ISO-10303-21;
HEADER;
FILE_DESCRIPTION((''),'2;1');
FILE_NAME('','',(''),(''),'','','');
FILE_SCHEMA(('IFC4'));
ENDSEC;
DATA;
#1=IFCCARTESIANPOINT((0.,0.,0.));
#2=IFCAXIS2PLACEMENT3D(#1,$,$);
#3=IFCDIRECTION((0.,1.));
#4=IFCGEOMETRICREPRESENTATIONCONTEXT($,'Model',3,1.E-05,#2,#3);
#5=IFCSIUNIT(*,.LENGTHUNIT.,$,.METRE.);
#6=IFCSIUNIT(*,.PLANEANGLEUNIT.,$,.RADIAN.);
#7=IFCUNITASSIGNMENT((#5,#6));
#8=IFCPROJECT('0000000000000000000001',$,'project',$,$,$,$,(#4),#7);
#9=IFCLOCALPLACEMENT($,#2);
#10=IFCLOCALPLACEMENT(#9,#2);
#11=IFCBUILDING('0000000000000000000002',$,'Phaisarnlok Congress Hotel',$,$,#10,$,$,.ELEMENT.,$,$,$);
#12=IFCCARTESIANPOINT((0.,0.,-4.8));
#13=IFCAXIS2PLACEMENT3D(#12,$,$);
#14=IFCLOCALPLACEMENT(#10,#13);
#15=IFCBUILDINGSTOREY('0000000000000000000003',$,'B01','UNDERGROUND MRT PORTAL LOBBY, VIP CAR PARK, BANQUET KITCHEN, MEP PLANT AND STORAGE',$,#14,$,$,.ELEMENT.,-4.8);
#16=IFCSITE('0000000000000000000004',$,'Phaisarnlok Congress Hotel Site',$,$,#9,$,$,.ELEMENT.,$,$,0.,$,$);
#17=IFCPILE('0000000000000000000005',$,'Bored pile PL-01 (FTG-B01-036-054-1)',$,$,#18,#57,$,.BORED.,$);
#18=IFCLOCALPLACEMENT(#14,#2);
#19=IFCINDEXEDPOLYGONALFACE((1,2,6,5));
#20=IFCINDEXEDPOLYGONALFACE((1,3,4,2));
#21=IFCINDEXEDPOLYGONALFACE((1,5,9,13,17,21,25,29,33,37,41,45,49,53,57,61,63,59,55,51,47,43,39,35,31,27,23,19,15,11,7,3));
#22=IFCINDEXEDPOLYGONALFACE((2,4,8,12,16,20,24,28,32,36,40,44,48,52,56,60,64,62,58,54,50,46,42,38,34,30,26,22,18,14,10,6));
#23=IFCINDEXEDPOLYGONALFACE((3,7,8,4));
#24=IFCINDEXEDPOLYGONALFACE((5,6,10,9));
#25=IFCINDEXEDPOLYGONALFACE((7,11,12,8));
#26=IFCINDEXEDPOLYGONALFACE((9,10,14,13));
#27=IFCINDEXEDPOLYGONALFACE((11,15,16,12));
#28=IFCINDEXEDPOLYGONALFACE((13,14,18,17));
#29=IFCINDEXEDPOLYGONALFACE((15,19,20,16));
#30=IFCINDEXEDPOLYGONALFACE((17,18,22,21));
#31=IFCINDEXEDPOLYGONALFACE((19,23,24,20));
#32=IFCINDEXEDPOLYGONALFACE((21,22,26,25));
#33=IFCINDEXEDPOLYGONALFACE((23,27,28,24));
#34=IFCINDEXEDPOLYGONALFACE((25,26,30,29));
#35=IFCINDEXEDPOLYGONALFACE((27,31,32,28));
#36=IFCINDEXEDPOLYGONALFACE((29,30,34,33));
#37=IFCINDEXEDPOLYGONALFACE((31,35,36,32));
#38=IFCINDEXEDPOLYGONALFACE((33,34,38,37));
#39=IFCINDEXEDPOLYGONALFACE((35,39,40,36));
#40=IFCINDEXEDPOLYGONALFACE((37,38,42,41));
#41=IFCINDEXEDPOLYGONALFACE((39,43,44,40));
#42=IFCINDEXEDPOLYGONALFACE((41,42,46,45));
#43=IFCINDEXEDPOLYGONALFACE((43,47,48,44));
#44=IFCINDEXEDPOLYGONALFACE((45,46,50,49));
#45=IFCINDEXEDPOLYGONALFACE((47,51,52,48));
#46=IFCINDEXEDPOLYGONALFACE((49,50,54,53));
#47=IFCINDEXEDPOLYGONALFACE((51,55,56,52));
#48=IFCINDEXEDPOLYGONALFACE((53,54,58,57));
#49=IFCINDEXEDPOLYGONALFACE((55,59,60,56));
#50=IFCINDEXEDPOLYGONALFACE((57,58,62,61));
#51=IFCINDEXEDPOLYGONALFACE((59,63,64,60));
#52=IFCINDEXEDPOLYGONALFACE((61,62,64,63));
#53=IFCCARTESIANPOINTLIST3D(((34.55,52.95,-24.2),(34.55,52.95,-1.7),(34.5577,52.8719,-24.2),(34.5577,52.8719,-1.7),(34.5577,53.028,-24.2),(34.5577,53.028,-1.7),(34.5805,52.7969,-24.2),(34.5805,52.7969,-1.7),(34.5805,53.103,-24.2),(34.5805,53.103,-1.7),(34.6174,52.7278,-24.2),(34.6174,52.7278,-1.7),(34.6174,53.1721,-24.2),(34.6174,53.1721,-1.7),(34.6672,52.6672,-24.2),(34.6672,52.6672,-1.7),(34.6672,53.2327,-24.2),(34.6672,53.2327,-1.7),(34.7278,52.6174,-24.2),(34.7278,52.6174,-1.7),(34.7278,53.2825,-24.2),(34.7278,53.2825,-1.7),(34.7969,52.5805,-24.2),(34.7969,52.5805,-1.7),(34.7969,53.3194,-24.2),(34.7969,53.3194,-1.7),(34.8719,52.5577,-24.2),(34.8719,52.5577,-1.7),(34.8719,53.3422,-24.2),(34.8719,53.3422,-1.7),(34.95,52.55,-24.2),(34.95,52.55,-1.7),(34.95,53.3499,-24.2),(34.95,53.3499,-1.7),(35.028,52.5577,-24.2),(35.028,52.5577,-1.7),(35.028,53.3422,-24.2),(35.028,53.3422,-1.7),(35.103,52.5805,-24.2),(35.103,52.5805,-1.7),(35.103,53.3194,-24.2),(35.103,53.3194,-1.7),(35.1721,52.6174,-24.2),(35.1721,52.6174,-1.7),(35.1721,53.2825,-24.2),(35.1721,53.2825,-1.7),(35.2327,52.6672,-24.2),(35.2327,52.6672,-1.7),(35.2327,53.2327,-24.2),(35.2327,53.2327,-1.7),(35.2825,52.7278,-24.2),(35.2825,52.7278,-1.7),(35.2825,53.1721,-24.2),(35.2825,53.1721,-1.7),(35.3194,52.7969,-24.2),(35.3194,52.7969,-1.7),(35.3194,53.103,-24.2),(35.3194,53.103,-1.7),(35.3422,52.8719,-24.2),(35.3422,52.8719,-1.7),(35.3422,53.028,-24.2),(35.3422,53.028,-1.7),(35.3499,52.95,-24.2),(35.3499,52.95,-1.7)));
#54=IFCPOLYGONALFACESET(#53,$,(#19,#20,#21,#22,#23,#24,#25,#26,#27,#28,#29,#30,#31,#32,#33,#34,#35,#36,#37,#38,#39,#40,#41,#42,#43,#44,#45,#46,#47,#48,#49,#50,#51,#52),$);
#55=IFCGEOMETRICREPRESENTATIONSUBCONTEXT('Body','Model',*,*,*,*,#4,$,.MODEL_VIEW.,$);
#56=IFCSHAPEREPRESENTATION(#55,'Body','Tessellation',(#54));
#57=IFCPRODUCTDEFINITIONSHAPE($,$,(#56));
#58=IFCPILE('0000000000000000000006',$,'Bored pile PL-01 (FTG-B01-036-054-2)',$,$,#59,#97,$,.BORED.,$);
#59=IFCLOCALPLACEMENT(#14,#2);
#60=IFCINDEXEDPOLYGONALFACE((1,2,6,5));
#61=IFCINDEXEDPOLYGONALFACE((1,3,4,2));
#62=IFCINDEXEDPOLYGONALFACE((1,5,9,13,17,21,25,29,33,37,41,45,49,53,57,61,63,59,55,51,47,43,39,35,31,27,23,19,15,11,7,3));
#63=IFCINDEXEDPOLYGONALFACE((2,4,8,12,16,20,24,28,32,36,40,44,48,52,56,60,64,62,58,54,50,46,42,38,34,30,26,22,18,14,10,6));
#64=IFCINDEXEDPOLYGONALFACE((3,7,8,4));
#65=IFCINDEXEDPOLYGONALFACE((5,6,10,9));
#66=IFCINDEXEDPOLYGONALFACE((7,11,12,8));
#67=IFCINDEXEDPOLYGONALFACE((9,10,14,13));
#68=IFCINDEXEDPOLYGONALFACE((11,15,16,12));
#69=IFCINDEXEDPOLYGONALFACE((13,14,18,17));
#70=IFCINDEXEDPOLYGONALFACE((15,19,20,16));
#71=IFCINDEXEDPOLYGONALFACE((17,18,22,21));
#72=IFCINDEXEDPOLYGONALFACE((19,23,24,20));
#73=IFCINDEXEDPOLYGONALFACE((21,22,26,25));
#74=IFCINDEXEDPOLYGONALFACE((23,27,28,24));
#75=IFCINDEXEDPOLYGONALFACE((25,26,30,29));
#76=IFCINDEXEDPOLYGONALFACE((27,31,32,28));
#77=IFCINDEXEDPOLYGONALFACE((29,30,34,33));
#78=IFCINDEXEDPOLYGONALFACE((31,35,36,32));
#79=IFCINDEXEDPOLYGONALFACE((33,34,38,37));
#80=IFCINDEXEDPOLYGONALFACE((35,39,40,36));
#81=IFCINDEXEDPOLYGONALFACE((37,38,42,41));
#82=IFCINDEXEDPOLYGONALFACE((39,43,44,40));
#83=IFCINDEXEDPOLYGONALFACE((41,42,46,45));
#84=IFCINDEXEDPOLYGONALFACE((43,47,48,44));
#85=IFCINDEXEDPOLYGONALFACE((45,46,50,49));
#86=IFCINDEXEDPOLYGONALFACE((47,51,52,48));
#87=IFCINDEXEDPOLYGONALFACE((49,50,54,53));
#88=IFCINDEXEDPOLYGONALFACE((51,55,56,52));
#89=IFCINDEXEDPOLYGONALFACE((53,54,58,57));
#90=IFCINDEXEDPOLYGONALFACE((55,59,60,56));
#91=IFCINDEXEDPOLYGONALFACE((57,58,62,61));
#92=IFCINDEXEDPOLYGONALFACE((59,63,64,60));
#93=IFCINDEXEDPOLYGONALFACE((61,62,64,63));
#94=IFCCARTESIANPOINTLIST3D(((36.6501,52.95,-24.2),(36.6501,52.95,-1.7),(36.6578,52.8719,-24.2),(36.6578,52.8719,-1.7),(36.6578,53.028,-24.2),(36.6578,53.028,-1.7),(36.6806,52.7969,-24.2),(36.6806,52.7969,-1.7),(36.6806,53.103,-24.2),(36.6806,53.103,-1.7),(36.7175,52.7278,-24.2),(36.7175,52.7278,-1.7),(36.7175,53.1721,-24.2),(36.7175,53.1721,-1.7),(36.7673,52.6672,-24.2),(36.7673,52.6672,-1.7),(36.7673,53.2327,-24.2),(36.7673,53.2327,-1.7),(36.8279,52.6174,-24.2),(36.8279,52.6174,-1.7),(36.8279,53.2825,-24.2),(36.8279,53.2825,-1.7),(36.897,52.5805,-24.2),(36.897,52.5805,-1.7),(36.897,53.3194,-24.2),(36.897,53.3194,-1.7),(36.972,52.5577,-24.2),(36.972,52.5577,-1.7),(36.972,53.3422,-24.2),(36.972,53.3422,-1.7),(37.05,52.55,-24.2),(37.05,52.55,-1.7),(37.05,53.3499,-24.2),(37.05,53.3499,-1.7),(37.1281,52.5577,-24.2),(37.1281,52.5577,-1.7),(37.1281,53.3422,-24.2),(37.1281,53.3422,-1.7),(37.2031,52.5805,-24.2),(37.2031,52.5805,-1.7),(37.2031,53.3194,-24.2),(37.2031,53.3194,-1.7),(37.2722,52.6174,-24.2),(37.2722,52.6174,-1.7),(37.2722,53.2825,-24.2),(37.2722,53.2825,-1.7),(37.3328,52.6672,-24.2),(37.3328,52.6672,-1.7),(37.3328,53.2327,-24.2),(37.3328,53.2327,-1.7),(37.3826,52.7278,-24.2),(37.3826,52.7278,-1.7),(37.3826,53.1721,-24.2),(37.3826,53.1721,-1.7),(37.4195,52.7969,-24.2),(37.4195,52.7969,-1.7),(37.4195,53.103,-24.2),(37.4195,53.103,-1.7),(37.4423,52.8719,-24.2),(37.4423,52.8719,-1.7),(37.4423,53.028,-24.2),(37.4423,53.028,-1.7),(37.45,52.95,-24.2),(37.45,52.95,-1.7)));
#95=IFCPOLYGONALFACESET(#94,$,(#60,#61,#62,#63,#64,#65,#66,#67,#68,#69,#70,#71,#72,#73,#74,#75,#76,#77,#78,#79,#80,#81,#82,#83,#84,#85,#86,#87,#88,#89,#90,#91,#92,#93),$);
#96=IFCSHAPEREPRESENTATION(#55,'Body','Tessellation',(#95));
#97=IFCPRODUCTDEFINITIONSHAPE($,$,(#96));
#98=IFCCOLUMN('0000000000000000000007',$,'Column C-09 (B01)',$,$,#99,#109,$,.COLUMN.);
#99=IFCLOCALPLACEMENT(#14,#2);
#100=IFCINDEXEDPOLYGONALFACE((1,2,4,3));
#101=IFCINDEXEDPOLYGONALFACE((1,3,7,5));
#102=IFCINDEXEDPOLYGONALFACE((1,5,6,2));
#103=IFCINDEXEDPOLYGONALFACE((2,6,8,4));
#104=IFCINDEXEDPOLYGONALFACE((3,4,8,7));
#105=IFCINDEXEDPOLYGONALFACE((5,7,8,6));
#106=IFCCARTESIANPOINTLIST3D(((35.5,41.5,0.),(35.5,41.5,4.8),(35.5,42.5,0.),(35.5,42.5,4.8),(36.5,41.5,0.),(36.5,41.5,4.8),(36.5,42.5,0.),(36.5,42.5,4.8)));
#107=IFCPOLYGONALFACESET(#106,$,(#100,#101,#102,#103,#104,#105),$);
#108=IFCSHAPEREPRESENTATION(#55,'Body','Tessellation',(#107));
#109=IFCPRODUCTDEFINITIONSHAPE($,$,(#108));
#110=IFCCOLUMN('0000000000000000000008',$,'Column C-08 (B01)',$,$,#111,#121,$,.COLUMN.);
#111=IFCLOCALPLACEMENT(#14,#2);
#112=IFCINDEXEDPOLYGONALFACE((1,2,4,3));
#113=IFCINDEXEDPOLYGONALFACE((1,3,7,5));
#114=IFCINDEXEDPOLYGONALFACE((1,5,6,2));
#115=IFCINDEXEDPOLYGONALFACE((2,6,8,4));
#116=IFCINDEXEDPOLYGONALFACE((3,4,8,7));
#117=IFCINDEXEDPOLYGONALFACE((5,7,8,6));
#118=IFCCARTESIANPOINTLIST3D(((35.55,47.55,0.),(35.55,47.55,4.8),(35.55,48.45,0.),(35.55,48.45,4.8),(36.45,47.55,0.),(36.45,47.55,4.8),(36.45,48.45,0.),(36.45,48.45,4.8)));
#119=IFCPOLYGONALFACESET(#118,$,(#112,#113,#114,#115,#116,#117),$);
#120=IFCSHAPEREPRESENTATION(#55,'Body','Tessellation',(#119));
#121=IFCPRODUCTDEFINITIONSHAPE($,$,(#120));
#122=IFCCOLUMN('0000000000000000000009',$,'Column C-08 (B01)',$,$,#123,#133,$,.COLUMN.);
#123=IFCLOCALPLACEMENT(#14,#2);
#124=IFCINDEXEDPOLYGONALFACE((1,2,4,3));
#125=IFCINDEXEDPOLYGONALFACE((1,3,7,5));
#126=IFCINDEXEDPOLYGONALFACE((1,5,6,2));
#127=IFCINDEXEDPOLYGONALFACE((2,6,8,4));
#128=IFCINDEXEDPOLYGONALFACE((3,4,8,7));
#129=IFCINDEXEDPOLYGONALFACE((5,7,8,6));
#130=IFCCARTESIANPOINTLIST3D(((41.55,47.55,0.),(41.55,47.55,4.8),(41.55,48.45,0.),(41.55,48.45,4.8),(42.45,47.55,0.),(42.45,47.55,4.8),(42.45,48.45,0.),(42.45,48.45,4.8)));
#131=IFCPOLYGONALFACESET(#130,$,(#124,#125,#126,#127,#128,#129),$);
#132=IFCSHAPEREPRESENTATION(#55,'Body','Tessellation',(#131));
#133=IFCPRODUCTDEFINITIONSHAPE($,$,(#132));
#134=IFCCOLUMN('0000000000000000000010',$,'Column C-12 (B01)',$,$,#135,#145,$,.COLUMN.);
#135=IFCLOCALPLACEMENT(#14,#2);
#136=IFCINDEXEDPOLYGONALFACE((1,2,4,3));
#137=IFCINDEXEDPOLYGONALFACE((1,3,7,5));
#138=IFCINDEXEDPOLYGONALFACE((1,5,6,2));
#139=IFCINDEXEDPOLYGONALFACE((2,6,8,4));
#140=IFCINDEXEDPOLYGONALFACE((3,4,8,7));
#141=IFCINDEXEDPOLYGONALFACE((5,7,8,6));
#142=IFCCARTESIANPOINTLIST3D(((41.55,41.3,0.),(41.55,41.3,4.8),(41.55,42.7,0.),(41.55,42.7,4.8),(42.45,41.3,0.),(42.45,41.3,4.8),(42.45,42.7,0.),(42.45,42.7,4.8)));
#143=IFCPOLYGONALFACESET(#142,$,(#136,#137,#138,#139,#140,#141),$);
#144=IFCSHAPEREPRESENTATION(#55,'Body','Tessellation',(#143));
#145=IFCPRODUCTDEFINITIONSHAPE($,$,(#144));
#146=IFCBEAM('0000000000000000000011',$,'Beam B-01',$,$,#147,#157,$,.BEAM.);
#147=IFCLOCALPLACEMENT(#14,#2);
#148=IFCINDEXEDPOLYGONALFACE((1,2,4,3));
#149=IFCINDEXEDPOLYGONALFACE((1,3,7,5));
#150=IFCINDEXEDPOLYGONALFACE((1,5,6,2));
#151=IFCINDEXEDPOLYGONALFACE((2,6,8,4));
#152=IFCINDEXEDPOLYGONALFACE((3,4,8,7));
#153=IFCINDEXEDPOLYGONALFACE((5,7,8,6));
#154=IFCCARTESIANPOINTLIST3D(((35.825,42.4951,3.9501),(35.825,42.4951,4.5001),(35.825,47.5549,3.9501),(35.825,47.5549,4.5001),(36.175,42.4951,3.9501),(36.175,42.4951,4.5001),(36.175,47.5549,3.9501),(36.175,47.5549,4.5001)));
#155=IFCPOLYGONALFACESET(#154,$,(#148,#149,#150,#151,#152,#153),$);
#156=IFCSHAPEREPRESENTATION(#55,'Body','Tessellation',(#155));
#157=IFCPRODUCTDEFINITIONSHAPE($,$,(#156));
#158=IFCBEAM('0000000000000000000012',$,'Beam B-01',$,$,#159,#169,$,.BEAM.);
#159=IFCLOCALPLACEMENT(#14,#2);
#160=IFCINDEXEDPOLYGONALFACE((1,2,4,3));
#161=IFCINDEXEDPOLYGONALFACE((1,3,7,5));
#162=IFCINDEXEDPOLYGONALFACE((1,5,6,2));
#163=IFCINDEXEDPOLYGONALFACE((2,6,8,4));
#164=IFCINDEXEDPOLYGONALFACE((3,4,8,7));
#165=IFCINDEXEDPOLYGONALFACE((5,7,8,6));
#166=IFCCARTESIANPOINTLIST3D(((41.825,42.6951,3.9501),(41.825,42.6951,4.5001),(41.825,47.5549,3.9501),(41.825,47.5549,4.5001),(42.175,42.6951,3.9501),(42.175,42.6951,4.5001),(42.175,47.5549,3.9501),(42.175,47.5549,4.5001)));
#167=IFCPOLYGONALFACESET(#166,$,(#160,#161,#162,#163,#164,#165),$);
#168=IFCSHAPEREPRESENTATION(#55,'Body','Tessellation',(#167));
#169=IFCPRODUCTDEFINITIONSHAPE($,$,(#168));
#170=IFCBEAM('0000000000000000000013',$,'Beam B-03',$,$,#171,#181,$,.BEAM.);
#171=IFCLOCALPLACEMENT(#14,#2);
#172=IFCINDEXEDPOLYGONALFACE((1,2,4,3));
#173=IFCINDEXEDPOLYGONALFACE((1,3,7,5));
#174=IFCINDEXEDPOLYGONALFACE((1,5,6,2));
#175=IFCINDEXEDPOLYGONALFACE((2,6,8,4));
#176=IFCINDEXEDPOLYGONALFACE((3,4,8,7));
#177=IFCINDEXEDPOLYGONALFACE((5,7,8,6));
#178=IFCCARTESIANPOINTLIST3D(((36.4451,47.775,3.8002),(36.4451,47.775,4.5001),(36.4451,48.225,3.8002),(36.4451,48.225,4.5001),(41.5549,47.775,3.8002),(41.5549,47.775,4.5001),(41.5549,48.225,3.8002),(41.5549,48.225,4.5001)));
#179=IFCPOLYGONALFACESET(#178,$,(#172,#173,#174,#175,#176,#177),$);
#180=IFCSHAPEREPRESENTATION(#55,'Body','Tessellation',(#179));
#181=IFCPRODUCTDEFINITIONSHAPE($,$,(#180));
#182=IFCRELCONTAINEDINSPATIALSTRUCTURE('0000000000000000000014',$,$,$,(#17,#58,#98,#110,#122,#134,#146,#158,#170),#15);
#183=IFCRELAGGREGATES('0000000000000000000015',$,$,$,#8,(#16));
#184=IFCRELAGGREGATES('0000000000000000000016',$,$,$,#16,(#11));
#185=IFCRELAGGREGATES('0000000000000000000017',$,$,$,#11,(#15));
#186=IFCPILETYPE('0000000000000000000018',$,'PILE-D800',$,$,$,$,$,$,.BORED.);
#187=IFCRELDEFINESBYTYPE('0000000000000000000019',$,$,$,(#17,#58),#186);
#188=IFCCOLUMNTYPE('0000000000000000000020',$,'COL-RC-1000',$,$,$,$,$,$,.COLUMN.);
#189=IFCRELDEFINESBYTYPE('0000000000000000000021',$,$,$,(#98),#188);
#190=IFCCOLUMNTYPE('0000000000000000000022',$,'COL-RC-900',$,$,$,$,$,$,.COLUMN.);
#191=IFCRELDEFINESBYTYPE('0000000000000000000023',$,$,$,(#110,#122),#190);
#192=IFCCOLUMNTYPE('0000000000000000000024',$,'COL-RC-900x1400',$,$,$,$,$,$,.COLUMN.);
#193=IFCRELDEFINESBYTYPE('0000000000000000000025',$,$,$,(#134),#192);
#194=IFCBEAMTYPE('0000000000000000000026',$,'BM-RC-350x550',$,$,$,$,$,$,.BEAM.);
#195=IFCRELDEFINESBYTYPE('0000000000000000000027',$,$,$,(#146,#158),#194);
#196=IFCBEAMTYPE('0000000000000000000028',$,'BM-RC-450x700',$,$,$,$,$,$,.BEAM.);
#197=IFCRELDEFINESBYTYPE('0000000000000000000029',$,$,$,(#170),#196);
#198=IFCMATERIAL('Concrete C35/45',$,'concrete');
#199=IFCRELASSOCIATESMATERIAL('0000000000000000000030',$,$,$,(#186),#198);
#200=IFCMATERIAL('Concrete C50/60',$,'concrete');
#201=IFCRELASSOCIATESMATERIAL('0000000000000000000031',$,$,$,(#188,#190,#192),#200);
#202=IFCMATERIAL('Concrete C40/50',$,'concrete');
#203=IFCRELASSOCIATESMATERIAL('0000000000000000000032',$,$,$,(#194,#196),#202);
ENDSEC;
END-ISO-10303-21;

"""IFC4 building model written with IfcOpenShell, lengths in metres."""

from ifc_helpers import new_model, si_unit, direction, frame, origin, origin_2d, place, context, subcontext, project, spatial, rectangle, circle, extrude, material, material_profile, profile_set, type_object, element, save


model = new_model("IFC4")

# Units and contexts
model_context = context("Model", 3, precision=1e-05, world=origin(), true_north=direction((0.0, 1.0)))
body_context = subcontext(model_context, "Body", "Model", "MODEL_VIEW")
ifc_project = project(units=[si_unit("LENGTHUNIT", "METRE"), si_unit("PLANEANGLEUNIT", "RADIAN")], contexts=[model_context])

# Site, building, storey
site_placement = place(None, origin())
site = spatial("IfcSite", under=ifc_project, at=site_placement, Name="Phaisarnlok Congress Hotel Site", CompositionType="ELEMENT", RefElevation=0.0)
building_placement = place(site_placement, origin())
building = spatial("IfcBuilding", under=site, at=building_placement, Name="Phaisarnlok Congress Hotel", CompositionType="ELEMENT")
storey_placement = place(building_placement, frame((0.0, 0.0, -4.8)))
storey = spatial("IfcBuildingStorey", under=building, at=storey_placement, Name="B01", Description="UNDERGROUND MRT PORTAL LOBBY, VIP CAR PARK, BANQUET KITCHEN, MEP PLANT AND STORAGE", CompositionType="ELEMENT", Elevation=-4.8)

# Shared definitions
ifc_material_1 = material(Name="Concrete C40/50", Category="concrete")

# Piles
ifc_material_2 = material(Name="Concrete C35/45", Category="concrete")
ifc_material_profile_1 = material_profile(ifc_material_2, circle(Radius=0.3999, at=origin_2d()), Name="BORED PILE D800")
ifc_profile_set_1 = profile_set([ifc_material_profile_1], Name="Concrete C35/45")
pile_type_1 = type_object("IfcPileType", Name="PILE-D800", PredefinedType="BORED", material=ifc_profile_set_1)
for number, where, z_axis, x_axis, name in (
    (1, (34.95, 52.95, -1.7), (0.0, 0.0, -1.0), (1.0, 0.0, 0.0), "Bored pile PL-01 (FTG-B01-036-054-1)"),
    (2, (37.05, 52.95, -1.7), (0.0, 0.0, -1.0), (1.0, 0.0, 0.0), "Bored pile PL-01 (FTG-B01-036-054-2)"),
):
    element("IfcPile", number, at=place(storey_placement, frame(where, z_axis=z_axis, x_axis=x_axis)), inside=storey, type_object=pile_type_1, Name=name, PredefinedType="BORED", context=body_context, shape_type="SweptSolid", body=[
        extrude(circle(Radius=0.3999, at=origin_2d()), origin(), (0.0, 0.0, 1.0), 22.5),
    ])

# Columns
ifc_material_3 = material(Name="Concrete C50/60", Category="concrete")
ifc_material_profile_2 = material_profile(ifc_material_3, rectangle(XDim=1.0, YDim=1.0, at=origin_2d()), Name="RC 1000x1000")
ifc_profile_set_2 = profile_set([ifc_material_profile_2], Name="Concrete C50/60")
column_type_1 = type_object("IfcColumnType", Name="COL-RC-1000", PredefinedType="COLUMN", material=ifc_profile_set_2)
column_1_placement = place(storey_placement, frame((36.0, 42.0, 0.0), z_axis=(0.0, 0.0, 1.0), x_axis=(1.0, 0.0, 0.0)))
element("IfcColumn", 3, at=column_1_placement, inside=storey, type_object=column_type_1, Name="Column C-09 (B01)", PredefinedType="COLUMN", context=body_context, shape_type="SweptSolid", body=[
    extrude(rectangle(XDim=1.0, YDim=1.0, at=origin_2d()), origin(), (0.0, 0.0, 1.0), 4.8),
])
ifc_material_profile_3 = material_profile(ifc_material_3, rectangle(XDim=0.8999, YDim=0.8999, at=origin_2d()), Name="RC 900x900")
ifc_profile_set_3 = profile_set([ifc_material_profile_3], Name="Concrete C50/60")
column_type_2 = type_object("IfcColumnType", Name="COL-RC-900", PredefinedType="COLUMN", material=ifc_profile_set_3)
for number, where, z_axis, x_axis, name in (
    (4, (36.0, 48.0, 0.0), (0.0, 0.0, 1.0), (1.0, 0.0, 0.0), "Column C-08 (B01)"),
    (5, (42.0, 48.0, 0.0), (0.0, 0.0, 1.0), (1.0, 0.0, 0.0), "Column C-08 (B01)"),
):
    element("IfcColumn", number, at=place(storey_placement, frame(where, z_axis=z_axis, x_axis=x_axis)), inside=storey, type_object=column_type_2, Name=name, PredefinedType="COLUMN", context=body_context, shape_type="SweptSolid", body=[
        extrude(rectangle(XDim=0.8999, YDim=0.8999, at=origin_2d()), origin(), (0.0, 0.0, 1.0), 4.8),
    ])
ifc_material_profile_4 = material_profile(ifc_material_3, rectangle(XDim=0.8999, YDim=1.3999, at=origin_2d()), Name="RC 900x1400")
ifc_profile_set_4 = profile_set([ifc_material_profile_4], Name="Concrete C50/60")
column_type_3 = type_object("IfcColumnType", Name="COL-RC-900x1400", PredefinedType="COLUMN", material=ifc_profile_set_4)
column_2_placement = place(storey_placement, frame((42.0, 42.0, 0.0), z_axis=(0.0, 0.0, 1.0), x_axis=(1.0, 0.0, 0.0)))
element("IfcColumn", 6, at=column_2_placement, inside=storey, type_object=column_type_3, Name="Column C-12 (B01)", PredefinedType="COLUMN", context=body_context, shape_type="SweptSolid", body=[
    extrude(rectangle(XDim=0.8999, YDim=1.3999, at=origin_2d()), origin(), (0.0, 0.0, 1.0), 4.8),
])

# Beams
ifc_material_profile_5 = material_profile(ifc_material_1, rectangle(XDim=0.3501, YDim=0.55, at=origin_2d()), Name="RC 350x550")
ifc_profile_set_5 = profile_set([ifc_material_profile_5], Name="Concrete C40/50")
beam_type_1 = type_object("IfcBeamType", Name="BM-RC-350x550", PredefinedType="BEAM", material=ifc_profile_set_5)
beam_1_placement = place(storey_placement, frame((36.0, 42.4951, 4.2251), z_axis=(0.0, 1.0, 0.0), x_axis=(-1.0, 0.0, 0.0)))
element("IfcBeam", 7, at=beam_1_placement, inside=storey, type_object=beam_type_1, Name="Beam B-01", PredefinedType="BEAM", context=body_context, shape_type="SweptSolid", body=[
    extrude(rectangle(XDim=0.3501, YDim=0.55, at=origin_2d()), origin(), (0.0, 0.0, 1.0), 5.0598),
])
beam_2_placement = place(storey_placement, frame((42.0, 42.6951, 4.2251), z_axis=(0.0, 1.0, 0.0), x_axis=(-1.0, 0.0, 0.0)))
element("IfcBeam", 8, at=beam_2_placement, inside=storey, type_object=beam_type_1, Name="Beam B-01", PredefinedType="BEAM", context=body_context, shape_type="SweptSolid", body=[
    extrude(rectangle(XDim=0.3501, YDim=0.55, at=origin_2d()), origin(), (0.0, 0.0, 1.0), 4.8599),
])
ifc_material_profile_6 = material_profile(ifc_material_1, rectangle(XDim=0.45, YDim=0.7, at=origin_2d()), Name="RC 450x700")
ifc_profile_set_6 = profile_set([ifc_material_profile_6], Name="Concrete C40/50")
beam_type_2 = type_object("IfcBeamType", Name="BM-RC-450x700", PredefinedType="BEAM", material=ifc_profile_set_6)
beam_3_placement = place(storey_placement, frame((36.4451, 48.0, 4.1501), z_axis=(1.0, 0.0, 0.0), x_axis=(0.0, 1.0, 0.0)))
element("IfcBeam", 9, at=beam_3_placement, inside=storey, type_object=beam_type_2, Name="Beam B-03", PredefinedType="BEAM", context=body_context, shape_type="SweptSolid", body=[
    extrude(rectangle(XDim=0.45, YDim=0.7, at=origin_2d()), origin(), (0.0, 0.0, 1.0), 5.1099),
])

save(model, "model.ifc")
